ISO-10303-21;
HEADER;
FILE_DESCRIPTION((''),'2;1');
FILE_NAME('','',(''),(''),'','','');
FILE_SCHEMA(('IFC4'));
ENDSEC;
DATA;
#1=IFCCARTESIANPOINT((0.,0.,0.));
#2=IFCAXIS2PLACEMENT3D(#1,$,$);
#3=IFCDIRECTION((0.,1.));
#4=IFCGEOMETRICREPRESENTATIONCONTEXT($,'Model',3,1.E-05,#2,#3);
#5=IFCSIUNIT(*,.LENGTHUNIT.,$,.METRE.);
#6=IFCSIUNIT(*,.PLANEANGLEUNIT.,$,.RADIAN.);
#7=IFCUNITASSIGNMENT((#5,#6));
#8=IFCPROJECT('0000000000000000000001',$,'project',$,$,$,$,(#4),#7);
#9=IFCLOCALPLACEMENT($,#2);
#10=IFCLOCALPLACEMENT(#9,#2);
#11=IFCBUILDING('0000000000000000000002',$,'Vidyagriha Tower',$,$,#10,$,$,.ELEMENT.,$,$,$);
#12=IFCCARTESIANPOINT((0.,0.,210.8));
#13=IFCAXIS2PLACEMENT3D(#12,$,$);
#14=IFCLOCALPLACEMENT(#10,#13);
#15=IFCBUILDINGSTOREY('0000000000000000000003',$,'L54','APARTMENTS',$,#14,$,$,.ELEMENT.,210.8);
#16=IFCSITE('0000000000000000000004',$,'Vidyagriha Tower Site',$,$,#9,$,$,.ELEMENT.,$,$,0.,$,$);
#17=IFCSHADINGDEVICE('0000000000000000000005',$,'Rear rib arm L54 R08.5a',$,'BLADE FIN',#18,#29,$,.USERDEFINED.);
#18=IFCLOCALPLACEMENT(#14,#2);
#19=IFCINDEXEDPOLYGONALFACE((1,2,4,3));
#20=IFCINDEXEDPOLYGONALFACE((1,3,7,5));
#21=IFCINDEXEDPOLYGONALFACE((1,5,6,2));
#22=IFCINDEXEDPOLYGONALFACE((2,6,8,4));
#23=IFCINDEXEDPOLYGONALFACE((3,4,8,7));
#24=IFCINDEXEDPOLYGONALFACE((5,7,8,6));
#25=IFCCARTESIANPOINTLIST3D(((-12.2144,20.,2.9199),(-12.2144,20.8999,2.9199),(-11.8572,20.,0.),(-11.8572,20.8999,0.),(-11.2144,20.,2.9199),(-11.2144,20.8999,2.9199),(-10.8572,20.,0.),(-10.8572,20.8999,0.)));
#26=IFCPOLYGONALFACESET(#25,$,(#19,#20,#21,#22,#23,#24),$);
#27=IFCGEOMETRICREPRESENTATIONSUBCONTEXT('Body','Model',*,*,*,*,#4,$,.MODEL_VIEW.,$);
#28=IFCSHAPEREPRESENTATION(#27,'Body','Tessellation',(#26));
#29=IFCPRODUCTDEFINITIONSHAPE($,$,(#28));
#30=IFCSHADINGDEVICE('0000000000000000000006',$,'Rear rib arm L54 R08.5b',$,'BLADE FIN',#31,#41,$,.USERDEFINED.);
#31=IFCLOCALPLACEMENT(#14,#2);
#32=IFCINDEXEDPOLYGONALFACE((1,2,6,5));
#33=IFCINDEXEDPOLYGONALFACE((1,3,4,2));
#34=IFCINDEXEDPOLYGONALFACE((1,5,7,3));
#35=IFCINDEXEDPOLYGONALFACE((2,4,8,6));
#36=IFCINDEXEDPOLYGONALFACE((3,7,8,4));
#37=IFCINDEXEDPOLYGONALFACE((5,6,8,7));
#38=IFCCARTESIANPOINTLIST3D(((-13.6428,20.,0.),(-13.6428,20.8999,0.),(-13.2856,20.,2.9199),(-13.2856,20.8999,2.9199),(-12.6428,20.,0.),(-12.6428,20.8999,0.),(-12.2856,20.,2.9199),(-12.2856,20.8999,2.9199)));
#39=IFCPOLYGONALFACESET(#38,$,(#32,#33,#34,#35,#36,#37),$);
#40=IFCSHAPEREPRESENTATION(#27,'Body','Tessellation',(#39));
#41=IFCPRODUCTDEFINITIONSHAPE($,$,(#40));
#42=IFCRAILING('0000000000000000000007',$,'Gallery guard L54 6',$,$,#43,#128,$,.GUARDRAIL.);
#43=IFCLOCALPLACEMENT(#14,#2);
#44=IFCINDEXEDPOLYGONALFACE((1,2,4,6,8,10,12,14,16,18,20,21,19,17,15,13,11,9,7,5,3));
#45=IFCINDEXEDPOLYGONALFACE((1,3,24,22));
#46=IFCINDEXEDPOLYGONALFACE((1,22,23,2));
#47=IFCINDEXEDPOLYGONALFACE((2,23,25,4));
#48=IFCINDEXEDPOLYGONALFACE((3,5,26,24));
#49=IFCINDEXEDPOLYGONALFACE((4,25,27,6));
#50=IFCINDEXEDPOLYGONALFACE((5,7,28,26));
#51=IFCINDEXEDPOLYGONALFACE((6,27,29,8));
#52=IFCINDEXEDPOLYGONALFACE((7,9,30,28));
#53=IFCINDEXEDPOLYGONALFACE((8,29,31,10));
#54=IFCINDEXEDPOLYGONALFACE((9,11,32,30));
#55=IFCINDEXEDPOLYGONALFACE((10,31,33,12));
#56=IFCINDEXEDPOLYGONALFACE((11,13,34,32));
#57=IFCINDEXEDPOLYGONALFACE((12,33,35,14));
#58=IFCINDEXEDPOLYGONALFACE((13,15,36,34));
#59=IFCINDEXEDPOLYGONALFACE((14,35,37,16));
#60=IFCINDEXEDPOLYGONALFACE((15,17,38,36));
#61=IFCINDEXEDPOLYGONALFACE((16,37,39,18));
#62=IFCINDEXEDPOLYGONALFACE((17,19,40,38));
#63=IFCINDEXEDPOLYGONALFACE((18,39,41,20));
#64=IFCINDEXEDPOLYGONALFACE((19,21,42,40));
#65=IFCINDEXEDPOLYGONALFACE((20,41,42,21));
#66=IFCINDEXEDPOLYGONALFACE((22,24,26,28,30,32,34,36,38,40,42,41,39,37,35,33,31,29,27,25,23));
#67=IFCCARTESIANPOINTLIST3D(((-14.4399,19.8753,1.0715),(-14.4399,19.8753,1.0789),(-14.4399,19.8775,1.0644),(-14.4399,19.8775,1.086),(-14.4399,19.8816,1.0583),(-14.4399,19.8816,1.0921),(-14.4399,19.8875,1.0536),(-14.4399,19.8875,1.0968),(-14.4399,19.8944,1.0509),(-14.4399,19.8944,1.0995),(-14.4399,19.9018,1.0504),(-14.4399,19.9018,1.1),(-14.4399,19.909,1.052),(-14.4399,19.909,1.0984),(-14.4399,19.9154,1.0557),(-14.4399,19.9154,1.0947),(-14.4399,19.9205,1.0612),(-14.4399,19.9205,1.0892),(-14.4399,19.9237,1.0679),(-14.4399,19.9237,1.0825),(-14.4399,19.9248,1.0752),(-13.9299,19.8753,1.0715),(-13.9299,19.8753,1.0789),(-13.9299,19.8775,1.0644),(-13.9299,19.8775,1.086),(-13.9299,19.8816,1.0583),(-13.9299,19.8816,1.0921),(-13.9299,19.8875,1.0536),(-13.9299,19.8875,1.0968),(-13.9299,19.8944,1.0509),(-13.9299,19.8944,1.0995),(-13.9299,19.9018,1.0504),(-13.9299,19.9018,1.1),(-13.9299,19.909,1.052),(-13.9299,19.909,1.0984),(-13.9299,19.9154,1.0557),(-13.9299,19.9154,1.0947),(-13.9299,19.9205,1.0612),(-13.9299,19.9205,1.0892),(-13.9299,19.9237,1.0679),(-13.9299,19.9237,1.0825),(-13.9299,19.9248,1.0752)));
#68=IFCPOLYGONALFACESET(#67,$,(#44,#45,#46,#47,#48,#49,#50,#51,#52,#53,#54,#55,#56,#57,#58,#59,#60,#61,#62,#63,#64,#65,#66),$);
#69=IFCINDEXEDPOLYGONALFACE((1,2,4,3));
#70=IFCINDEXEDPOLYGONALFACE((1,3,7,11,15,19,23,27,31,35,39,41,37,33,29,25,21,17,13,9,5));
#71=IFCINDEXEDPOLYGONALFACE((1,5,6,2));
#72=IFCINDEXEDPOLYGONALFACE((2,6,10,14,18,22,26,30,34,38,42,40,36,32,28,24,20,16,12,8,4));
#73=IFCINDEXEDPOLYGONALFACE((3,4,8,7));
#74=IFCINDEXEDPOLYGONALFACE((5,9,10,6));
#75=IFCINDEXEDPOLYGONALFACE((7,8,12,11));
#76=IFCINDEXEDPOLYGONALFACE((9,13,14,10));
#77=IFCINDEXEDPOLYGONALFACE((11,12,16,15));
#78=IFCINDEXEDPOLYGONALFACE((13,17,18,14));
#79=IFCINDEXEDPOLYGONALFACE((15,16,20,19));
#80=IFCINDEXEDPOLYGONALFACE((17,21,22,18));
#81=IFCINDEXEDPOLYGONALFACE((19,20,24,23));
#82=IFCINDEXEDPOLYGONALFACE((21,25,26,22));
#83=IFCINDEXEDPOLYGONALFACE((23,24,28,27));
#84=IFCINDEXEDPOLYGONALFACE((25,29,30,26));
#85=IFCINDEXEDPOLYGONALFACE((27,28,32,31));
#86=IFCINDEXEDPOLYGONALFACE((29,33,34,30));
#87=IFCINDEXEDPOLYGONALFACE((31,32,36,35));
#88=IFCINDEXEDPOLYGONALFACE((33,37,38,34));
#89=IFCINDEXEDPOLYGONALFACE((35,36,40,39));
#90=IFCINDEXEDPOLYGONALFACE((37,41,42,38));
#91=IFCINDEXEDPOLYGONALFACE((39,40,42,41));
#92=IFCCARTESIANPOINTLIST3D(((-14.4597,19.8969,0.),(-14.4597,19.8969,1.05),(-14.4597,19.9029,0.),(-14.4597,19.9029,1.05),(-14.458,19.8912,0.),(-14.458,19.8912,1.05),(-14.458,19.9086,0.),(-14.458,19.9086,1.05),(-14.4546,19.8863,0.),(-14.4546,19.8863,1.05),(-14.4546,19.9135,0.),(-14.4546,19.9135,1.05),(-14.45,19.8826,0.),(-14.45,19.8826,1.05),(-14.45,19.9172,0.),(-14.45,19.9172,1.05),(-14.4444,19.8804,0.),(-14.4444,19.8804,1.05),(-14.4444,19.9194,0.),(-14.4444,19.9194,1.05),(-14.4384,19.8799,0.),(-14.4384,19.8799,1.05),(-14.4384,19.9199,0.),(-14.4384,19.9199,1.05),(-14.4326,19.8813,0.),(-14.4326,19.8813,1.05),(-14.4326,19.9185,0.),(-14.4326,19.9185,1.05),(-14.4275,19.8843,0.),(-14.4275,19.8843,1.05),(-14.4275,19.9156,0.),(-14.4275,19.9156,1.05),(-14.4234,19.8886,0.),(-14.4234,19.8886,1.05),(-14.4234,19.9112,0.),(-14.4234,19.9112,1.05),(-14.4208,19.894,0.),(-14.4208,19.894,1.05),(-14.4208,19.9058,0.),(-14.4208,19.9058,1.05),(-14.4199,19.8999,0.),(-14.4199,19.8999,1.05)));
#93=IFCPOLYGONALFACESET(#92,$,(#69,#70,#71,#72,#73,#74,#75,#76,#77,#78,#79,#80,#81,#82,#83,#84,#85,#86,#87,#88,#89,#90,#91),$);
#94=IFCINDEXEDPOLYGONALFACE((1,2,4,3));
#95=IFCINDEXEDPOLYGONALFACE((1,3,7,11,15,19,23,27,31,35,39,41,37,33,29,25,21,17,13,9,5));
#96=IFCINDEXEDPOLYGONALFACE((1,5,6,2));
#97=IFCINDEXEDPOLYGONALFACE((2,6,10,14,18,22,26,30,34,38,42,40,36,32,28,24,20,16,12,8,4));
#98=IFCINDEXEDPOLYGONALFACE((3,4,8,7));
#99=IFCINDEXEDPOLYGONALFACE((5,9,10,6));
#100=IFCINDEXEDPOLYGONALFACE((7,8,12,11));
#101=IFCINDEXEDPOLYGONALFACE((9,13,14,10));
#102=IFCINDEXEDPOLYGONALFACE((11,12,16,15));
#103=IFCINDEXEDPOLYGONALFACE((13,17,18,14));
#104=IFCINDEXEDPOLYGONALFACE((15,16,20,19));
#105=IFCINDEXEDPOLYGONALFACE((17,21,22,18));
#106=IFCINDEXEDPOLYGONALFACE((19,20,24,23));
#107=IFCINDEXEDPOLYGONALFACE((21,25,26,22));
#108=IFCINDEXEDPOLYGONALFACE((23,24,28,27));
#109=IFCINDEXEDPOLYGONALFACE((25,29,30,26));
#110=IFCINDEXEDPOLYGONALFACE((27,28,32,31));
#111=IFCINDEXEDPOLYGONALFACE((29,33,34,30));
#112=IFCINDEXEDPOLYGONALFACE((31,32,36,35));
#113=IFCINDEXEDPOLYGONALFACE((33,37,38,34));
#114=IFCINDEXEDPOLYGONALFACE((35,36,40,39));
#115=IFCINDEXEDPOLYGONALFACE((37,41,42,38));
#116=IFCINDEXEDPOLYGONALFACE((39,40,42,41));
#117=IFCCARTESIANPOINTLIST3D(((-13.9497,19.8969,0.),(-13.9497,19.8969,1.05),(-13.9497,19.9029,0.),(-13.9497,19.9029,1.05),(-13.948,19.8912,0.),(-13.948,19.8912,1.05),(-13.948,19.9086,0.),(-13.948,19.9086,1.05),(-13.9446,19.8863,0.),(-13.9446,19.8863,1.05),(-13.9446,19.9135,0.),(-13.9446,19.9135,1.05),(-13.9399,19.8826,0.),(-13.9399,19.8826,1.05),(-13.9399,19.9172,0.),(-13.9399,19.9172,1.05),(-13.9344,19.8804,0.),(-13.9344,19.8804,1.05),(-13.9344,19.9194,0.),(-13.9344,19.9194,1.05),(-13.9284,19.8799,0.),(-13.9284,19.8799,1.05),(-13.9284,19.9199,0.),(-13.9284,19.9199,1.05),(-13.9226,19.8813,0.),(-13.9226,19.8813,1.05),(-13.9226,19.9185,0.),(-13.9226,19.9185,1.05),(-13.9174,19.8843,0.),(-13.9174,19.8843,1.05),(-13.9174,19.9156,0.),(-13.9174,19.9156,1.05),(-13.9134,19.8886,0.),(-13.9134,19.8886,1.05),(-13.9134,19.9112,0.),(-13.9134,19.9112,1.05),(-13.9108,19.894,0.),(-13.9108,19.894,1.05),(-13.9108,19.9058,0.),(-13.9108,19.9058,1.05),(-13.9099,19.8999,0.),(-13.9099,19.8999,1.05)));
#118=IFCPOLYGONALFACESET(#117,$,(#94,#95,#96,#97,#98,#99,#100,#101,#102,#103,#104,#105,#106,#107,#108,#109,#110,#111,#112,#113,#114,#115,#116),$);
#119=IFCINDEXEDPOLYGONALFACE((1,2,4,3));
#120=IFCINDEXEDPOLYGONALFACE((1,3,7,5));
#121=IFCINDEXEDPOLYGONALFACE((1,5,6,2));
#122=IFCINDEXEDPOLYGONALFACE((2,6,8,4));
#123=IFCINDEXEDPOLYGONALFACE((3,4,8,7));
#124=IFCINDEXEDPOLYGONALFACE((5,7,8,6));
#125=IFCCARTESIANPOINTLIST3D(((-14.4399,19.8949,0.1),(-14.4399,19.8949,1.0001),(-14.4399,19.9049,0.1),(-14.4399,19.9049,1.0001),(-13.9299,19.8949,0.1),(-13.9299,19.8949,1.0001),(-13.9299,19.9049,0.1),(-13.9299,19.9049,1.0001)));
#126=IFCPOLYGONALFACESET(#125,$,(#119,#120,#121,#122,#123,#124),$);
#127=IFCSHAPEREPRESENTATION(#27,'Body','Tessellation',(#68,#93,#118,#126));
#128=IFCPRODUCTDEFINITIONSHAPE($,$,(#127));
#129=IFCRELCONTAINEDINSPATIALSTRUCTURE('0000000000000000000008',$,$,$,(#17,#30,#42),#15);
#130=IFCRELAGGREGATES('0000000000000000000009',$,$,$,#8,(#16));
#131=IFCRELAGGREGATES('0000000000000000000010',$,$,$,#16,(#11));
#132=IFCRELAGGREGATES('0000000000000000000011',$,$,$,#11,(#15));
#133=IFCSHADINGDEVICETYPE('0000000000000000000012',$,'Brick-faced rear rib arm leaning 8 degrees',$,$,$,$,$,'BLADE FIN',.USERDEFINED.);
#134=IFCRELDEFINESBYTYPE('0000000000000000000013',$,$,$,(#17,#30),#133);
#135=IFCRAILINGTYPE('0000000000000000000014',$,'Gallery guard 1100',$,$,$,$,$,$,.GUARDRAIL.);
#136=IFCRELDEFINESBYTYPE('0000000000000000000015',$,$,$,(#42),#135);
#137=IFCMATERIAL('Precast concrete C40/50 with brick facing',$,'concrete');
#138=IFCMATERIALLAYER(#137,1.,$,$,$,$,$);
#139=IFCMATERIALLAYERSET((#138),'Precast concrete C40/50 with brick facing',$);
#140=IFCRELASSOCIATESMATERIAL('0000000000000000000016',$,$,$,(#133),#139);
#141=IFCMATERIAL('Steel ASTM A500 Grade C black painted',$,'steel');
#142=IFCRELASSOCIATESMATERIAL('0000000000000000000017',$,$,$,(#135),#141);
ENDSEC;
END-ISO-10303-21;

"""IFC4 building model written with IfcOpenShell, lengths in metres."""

from ifc_helpers import new_model, si_unit, direction, frame, origin, origin_2d, place, context, subcontext, project, spatial, polyline, rectangle, circle, outline, extrude, material, layer, layer_set, type_object, element, save


model = new_model("IFC4")

# Units and contexts
model_context = context("Model", 3, precision=1e-05, world=origin(), true_north=direction((0.0, 1.0)))
body_context = subcontext(model_context, "Body", "Model", "MODEL_VIEW")
ifc_project = project(units=[si_unit("LENGTHUNIT", "METRE"), si_unit("PLANEANGLEUNIT", "RADIAN")], contexts=[model_context])

# Site, building, storey
site_placement = place(None, origin())
site = spatial("IfcSite", under=ifc_project, at=site_placement, Name="Vidyagriha Tower Site", CompositionType="ELEMENT", RefElevation=0.0)
building_placement = place(site_placement, origin())
building = spatial("IfcBuilding", under=site, at=building_placement, Name="Vidyagriha Tower", CompositionType="ELEMENT")
storey_placement = place(building_placement, frame((0.0, 0.0, 210.8)))
storey = spatial("IfcBuildingStorey", under=building, at=storey_placement, Name="L54", Description="APARTMENTS", CompositionType="ELEMENT", Elevation=210.8)

# Shading devices
ifc_material_1 = material(Name="Precast concrete C40/50 with brick facing", Category="concrete")
ifc_layer_1 = layer(ifc_material_1, 1.0)
ifc_layer_set_1 = layer_set([ifc_layer_1], Name="Precast concrete C40/50 with brick facing")
shading_device_type = type_object("IfcShadingDeviceType", Name="Brick-faced rear rib arm leaning 8 degrees", ElementType="BLADE FIN", PredefinedType="USERDEFINED", material=ifc_layer_set_1)
shading_device_1_placement = place(storey_placement, frame((-10.8572, 20.45, 0.0), z_axis=(0.0, 0.0, 1.0), x_axis=(-1.0, 0.0, 0.0)))
element("IfcShadingDevice", 1, at=shading_device_1_placement, inside=storey, type_object=shading_device_type, Name="Rear rib arm L54 R08.5a", ObjectType="BLADE FIN", PredefinedType="USERDEFINED", context=body_context, shape_type="SweptSolid", body=[
    extrude(outline(polyline([(0.0, 0.0), (1.0, 0.0), (1.3572, 2.9199), (0.3572, 2.9199), (0.0, 0.0)])), frame((0.0, 0.45, 0.0), z_axis=(0.0, -1.0, 0.0), x_axis=(1.0, 0.0, 0.0)), (0.0, 0.0, 1.0), 0.8999),
])
shading_device_2_placement = place(storey_placement, frame((-12.2856, 20.45, 0.0), z_axis=(0.0, 0.0, 1.0), x_axis=(-1.0, 0.0, 0.0)))
element("IfcShadingDevice", 2, at=shading_device_2_placement, inside=storey, type_object=shading_device_type, Name="Rear rib arm L54 R08.5b", ObjectType="BLADE FIN", PredefinedType="USERDEFINED", context=body_context, shape_type="SweptSolid", body=[
    extrude(outline(polyline([(0.3572, 0.0), (1.3572, 0.0), (1.0, 2.9199), (0.0, 2.9199), (0.3572, 0.0)])), frame((0.0, 0.45, 0.0), z_axis=(0.0, -1.0, 0.0), x_axis=(1.0, 0.0, 0.0)), (0.0, 0.0, 1.0), 0.8999),
])

# Railing
ifc_material_2 = material(Name="Steel ASTM A500 Grade C black painted", Category="steel")
railing_type = type_object("IfcRailingType", Name="Gallery guard 1100", PredefinedType="GUARDRAIL", material=ifc_material_2)
railing_placement = place(storey_placement, frame((-14.4399, 19.8999, 0.0)))
element("IfcRailing", 3, at=railing_placement, inside=storey, type_object=railing_type, Name="Gallery guard L54 6", PredefinedType="GUARDRAIL", context=body_context, shape_type="SweptSolid", body=[
    extrude(circle(Radius=0.0249, at=origin_2d()), frame((0.0, 0.0, 1.0752), z_axis=(1.0, 0.0, 0.0), x_axis=(0.0, 1.0, 0.0)), (0.0, 0.0, 1.0), 0.51),
    extrude(circle(Radius=0.02, at=origin_2d()), origin(), (0.0, 0.0, 1.0), 1.05),
    extrude(circle(Radius=0.02, at=origin_2d()), frame((0.51, 0.0, 0.0)), (0.0, 0.0, 1.0), 1.05),
    extrude(rectangle(XDim=0.01, YDim=0.9001, at=origin_2d()), frame((0.0, 0.0, 0.55), z_axis=(1.0, 0.0, 0.0), x_axis=(0.0, 1.0, 0.0)), (0.0, 0.0, 1.0), 0.51),
])

save(model, "model.ifc")
